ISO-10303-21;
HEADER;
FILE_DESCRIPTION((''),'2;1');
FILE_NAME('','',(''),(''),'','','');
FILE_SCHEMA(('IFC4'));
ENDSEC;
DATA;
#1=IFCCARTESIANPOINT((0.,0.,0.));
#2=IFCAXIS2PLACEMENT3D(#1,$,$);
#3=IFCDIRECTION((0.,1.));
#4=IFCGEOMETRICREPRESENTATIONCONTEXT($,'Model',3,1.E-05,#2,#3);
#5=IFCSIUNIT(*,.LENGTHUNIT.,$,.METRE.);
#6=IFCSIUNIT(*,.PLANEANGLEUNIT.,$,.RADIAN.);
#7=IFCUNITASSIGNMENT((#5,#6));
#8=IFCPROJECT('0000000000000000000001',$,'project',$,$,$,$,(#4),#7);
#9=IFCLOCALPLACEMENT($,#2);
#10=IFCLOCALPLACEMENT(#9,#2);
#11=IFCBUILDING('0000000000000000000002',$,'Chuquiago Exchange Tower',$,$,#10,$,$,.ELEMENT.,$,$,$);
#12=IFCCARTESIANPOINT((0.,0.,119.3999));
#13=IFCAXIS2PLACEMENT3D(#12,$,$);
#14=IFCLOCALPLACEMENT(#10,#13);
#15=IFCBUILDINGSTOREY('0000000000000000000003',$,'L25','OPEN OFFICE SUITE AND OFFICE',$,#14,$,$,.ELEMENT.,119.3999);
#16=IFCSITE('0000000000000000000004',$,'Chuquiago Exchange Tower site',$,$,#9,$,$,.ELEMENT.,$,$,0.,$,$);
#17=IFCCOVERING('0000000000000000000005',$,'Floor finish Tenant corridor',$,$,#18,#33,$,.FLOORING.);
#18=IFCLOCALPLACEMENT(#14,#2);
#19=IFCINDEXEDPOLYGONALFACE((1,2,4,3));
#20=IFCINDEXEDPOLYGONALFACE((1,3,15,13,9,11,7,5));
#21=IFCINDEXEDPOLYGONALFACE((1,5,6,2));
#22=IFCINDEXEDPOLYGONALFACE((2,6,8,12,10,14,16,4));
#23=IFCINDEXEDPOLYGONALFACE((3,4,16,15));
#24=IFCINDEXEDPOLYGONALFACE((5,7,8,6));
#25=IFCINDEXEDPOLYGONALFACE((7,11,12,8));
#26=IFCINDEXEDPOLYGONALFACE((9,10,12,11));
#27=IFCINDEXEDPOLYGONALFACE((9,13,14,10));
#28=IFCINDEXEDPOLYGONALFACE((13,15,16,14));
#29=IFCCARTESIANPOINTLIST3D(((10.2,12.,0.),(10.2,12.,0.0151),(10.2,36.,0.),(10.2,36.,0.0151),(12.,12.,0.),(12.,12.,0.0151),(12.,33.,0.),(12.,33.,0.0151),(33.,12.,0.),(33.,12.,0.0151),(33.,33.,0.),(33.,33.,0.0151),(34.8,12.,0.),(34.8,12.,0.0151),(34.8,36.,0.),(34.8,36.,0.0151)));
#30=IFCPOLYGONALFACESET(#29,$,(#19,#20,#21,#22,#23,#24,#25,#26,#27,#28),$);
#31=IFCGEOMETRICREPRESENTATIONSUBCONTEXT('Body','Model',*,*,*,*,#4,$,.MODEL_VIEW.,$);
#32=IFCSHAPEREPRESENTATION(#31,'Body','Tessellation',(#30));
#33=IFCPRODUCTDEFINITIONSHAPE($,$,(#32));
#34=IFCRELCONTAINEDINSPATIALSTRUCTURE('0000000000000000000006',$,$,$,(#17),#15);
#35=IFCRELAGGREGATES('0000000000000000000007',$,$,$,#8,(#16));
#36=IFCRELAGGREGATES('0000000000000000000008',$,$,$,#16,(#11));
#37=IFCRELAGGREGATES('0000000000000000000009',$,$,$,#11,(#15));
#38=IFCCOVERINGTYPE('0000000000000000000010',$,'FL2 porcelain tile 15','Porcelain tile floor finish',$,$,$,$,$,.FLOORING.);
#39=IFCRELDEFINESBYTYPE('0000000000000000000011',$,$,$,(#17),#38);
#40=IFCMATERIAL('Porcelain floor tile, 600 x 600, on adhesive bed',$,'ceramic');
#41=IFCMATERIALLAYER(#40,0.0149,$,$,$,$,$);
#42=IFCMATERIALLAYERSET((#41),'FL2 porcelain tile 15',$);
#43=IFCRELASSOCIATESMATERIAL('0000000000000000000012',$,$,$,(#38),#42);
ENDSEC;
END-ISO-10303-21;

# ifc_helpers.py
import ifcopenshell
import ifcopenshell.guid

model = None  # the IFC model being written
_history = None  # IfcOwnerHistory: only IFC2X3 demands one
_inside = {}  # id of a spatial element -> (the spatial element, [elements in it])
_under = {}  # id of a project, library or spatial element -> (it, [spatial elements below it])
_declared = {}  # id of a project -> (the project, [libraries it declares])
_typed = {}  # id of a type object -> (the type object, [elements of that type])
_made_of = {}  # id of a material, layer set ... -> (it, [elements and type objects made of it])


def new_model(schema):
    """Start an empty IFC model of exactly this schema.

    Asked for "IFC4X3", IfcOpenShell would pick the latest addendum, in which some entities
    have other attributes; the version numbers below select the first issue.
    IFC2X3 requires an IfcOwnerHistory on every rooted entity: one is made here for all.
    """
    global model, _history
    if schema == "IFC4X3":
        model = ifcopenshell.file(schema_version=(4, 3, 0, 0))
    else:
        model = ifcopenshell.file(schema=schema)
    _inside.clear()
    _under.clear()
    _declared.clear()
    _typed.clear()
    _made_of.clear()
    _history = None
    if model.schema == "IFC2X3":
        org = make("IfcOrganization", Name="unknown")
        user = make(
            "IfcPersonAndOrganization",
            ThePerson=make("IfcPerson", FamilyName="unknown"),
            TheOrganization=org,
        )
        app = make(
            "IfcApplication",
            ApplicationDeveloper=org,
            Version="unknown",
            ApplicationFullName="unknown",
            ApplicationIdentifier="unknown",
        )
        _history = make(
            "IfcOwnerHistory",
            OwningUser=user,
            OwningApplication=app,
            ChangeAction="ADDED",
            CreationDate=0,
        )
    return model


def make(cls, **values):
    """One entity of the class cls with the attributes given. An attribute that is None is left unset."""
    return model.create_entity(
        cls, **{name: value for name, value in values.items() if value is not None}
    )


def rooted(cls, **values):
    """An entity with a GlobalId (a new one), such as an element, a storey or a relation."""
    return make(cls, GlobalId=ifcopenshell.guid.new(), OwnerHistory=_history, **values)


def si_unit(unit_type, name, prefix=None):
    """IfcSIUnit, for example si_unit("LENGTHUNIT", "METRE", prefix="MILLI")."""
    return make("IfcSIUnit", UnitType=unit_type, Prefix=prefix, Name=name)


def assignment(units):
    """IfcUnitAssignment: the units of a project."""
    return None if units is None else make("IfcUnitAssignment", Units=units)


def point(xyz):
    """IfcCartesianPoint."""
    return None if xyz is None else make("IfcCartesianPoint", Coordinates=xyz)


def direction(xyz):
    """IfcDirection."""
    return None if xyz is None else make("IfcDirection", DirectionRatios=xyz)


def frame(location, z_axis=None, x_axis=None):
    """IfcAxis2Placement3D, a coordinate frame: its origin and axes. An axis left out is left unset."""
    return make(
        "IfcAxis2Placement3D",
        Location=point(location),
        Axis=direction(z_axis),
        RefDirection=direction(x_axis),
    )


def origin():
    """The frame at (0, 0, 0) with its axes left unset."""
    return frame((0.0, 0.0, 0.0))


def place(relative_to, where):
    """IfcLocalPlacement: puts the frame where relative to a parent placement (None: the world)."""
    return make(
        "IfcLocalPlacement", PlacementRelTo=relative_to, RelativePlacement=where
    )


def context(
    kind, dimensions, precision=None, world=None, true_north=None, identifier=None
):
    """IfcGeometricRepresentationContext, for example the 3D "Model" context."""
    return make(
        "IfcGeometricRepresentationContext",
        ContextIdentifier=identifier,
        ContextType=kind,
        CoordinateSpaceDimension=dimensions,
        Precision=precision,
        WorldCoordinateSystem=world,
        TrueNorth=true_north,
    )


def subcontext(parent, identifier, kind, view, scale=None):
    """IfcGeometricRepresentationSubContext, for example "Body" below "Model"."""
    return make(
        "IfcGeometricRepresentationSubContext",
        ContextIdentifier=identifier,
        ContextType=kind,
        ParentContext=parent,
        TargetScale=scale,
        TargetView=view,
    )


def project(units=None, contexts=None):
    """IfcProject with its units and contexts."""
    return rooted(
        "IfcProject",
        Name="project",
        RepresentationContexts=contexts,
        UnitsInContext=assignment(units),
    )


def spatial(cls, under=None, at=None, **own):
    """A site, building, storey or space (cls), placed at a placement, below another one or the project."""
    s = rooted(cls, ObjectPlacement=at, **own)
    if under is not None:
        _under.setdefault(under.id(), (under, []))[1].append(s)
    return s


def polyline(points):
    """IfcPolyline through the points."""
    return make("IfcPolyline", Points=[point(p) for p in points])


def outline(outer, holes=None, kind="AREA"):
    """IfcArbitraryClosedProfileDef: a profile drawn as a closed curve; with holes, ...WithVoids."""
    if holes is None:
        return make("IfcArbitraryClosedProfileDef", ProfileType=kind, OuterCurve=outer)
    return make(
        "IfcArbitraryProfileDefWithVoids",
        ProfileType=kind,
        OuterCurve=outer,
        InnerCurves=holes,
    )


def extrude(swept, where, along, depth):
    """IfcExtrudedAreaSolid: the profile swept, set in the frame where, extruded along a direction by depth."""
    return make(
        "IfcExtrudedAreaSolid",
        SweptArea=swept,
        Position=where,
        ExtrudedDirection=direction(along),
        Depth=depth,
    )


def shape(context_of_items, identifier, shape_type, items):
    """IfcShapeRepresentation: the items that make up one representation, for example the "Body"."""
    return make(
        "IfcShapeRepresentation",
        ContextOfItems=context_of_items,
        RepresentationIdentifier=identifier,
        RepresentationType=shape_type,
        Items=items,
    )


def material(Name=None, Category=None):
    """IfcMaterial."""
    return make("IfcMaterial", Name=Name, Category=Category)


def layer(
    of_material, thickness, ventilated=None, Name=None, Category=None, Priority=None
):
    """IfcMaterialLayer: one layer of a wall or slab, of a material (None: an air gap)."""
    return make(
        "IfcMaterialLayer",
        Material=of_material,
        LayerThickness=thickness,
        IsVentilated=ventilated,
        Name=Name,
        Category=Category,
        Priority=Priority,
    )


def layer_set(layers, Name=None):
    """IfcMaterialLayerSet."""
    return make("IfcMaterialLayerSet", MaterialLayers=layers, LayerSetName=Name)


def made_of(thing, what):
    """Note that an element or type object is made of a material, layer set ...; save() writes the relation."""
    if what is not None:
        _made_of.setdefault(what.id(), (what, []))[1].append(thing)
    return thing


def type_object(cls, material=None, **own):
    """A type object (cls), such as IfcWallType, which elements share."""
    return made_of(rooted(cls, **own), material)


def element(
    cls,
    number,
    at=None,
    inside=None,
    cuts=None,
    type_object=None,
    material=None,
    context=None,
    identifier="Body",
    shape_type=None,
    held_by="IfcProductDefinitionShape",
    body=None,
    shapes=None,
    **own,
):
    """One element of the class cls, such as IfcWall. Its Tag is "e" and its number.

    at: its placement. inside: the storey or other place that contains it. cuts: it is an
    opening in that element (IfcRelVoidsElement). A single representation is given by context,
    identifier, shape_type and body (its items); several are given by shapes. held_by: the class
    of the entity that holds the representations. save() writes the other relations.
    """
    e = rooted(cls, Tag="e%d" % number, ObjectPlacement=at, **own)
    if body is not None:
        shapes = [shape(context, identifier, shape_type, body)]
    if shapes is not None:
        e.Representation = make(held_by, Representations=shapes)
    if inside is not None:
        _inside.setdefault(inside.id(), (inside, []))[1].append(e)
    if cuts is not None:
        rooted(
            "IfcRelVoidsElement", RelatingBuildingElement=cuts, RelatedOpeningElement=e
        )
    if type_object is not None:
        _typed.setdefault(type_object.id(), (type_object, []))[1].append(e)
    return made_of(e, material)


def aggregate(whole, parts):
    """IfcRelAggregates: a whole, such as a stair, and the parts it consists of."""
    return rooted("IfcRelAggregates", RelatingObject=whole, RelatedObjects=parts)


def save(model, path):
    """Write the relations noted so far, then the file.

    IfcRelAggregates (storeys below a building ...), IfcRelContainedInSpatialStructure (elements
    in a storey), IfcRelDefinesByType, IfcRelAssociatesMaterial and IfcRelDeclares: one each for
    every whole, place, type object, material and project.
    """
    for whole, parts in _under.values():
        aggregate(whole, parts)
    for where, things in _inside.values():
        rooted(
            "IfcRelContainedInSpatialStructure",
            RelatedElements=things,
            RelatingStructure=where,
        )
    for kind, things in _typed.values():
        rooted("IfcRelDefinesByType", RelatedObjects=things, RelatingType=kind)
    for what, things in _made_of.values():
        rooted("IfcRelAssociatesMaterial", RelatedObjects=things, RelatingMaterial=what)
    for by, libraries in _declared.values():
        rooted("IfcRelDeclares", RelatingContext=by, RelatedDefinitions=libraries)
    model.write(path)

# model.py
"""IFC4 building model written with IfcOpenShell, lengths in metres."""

from ifc_helpers import new_model, si_unit, direction, frame, origin, place, context, subcontext, project, spatial, polyline, outline, extrude, material, layer, layer_set, type_object, element, save


model = new_model("IFC4")

# Units and contexts
model_context = context("Model", 3, precision=1e-05, world=origin(), true_north=direction((0.0, 1.0)))
body_context = subcontext(model_context, "Body", "Model", "MODEL_VIEW")
ifc_project = project(units=[si_unit("LENGTHUNIT", "METRE"), si_unit("PLANEANGLEUNIT", "RADIAN")], contexts=[model_context])

# Site, building, storey
site_placement = place(None, origin())
site = spatial("IfcSite", under=ifc_project, at=site_placement, Name="Chuquiago Exchange Tower site", CompositionType="ELEMENT", RefElevation=0.0)
building_placement = place(site_placement, origin())
building = spatial("IfcBuilding", under=site, at=building_placement, Name="Chuquiago Exchange Tower", CompositionType="ELEMENT")
storey_placement = place(building_placement, frame((0.0, 0.0, 119.3999)))
storey = spatial("IfcBuildingStorey", under=building, at=storey_placement, Name="L25", Description="OPEN OFFICE SUITE AND OFFICE", CompositionType="ELEMENT", Elevation=119.3999)

# Covering
ifc_material_1 = material(Name="Porcelain floor tile, 600 x 600, on adhesive bed", Category="ceramic")
ifc_layer_1 = layer(ifc_material_1, 0.0149)
ifc_layer_set_1 = layer_set([ifc_layer_1], Name="FL2 porcelain tile 15")
covering_type_1 = type_object("IfcCoveringType", Name="FL2 porcelain tile 15", Description="Porcelain tile floor finish", PredefinedType="FLOORING", material=ifc_layer_set_1)
covering_1_placement = place(storey_placement, origin())
element("IfcCovering", 1, at=covering_1_placement, inside=storey, type_object=covering_type_1, Name="Floor finish Tenant corridor", PredefinedType="FLOORING", context=body_context, shape_type="SweptSolid", body=[
    extrude(outline(polyline([(12.0, 33.0), (12.0, 12.0), (10.2, 12.0), (10.2, 36.0), (34.8, 36.0), (34.8, 12.0), (33.0, 12.0), (33.0, 33.0), (12.0, 33.0)])), origin(), (0.0, 0.0, 1.0), 0.0151),
])

save(model, "model.ifc")
